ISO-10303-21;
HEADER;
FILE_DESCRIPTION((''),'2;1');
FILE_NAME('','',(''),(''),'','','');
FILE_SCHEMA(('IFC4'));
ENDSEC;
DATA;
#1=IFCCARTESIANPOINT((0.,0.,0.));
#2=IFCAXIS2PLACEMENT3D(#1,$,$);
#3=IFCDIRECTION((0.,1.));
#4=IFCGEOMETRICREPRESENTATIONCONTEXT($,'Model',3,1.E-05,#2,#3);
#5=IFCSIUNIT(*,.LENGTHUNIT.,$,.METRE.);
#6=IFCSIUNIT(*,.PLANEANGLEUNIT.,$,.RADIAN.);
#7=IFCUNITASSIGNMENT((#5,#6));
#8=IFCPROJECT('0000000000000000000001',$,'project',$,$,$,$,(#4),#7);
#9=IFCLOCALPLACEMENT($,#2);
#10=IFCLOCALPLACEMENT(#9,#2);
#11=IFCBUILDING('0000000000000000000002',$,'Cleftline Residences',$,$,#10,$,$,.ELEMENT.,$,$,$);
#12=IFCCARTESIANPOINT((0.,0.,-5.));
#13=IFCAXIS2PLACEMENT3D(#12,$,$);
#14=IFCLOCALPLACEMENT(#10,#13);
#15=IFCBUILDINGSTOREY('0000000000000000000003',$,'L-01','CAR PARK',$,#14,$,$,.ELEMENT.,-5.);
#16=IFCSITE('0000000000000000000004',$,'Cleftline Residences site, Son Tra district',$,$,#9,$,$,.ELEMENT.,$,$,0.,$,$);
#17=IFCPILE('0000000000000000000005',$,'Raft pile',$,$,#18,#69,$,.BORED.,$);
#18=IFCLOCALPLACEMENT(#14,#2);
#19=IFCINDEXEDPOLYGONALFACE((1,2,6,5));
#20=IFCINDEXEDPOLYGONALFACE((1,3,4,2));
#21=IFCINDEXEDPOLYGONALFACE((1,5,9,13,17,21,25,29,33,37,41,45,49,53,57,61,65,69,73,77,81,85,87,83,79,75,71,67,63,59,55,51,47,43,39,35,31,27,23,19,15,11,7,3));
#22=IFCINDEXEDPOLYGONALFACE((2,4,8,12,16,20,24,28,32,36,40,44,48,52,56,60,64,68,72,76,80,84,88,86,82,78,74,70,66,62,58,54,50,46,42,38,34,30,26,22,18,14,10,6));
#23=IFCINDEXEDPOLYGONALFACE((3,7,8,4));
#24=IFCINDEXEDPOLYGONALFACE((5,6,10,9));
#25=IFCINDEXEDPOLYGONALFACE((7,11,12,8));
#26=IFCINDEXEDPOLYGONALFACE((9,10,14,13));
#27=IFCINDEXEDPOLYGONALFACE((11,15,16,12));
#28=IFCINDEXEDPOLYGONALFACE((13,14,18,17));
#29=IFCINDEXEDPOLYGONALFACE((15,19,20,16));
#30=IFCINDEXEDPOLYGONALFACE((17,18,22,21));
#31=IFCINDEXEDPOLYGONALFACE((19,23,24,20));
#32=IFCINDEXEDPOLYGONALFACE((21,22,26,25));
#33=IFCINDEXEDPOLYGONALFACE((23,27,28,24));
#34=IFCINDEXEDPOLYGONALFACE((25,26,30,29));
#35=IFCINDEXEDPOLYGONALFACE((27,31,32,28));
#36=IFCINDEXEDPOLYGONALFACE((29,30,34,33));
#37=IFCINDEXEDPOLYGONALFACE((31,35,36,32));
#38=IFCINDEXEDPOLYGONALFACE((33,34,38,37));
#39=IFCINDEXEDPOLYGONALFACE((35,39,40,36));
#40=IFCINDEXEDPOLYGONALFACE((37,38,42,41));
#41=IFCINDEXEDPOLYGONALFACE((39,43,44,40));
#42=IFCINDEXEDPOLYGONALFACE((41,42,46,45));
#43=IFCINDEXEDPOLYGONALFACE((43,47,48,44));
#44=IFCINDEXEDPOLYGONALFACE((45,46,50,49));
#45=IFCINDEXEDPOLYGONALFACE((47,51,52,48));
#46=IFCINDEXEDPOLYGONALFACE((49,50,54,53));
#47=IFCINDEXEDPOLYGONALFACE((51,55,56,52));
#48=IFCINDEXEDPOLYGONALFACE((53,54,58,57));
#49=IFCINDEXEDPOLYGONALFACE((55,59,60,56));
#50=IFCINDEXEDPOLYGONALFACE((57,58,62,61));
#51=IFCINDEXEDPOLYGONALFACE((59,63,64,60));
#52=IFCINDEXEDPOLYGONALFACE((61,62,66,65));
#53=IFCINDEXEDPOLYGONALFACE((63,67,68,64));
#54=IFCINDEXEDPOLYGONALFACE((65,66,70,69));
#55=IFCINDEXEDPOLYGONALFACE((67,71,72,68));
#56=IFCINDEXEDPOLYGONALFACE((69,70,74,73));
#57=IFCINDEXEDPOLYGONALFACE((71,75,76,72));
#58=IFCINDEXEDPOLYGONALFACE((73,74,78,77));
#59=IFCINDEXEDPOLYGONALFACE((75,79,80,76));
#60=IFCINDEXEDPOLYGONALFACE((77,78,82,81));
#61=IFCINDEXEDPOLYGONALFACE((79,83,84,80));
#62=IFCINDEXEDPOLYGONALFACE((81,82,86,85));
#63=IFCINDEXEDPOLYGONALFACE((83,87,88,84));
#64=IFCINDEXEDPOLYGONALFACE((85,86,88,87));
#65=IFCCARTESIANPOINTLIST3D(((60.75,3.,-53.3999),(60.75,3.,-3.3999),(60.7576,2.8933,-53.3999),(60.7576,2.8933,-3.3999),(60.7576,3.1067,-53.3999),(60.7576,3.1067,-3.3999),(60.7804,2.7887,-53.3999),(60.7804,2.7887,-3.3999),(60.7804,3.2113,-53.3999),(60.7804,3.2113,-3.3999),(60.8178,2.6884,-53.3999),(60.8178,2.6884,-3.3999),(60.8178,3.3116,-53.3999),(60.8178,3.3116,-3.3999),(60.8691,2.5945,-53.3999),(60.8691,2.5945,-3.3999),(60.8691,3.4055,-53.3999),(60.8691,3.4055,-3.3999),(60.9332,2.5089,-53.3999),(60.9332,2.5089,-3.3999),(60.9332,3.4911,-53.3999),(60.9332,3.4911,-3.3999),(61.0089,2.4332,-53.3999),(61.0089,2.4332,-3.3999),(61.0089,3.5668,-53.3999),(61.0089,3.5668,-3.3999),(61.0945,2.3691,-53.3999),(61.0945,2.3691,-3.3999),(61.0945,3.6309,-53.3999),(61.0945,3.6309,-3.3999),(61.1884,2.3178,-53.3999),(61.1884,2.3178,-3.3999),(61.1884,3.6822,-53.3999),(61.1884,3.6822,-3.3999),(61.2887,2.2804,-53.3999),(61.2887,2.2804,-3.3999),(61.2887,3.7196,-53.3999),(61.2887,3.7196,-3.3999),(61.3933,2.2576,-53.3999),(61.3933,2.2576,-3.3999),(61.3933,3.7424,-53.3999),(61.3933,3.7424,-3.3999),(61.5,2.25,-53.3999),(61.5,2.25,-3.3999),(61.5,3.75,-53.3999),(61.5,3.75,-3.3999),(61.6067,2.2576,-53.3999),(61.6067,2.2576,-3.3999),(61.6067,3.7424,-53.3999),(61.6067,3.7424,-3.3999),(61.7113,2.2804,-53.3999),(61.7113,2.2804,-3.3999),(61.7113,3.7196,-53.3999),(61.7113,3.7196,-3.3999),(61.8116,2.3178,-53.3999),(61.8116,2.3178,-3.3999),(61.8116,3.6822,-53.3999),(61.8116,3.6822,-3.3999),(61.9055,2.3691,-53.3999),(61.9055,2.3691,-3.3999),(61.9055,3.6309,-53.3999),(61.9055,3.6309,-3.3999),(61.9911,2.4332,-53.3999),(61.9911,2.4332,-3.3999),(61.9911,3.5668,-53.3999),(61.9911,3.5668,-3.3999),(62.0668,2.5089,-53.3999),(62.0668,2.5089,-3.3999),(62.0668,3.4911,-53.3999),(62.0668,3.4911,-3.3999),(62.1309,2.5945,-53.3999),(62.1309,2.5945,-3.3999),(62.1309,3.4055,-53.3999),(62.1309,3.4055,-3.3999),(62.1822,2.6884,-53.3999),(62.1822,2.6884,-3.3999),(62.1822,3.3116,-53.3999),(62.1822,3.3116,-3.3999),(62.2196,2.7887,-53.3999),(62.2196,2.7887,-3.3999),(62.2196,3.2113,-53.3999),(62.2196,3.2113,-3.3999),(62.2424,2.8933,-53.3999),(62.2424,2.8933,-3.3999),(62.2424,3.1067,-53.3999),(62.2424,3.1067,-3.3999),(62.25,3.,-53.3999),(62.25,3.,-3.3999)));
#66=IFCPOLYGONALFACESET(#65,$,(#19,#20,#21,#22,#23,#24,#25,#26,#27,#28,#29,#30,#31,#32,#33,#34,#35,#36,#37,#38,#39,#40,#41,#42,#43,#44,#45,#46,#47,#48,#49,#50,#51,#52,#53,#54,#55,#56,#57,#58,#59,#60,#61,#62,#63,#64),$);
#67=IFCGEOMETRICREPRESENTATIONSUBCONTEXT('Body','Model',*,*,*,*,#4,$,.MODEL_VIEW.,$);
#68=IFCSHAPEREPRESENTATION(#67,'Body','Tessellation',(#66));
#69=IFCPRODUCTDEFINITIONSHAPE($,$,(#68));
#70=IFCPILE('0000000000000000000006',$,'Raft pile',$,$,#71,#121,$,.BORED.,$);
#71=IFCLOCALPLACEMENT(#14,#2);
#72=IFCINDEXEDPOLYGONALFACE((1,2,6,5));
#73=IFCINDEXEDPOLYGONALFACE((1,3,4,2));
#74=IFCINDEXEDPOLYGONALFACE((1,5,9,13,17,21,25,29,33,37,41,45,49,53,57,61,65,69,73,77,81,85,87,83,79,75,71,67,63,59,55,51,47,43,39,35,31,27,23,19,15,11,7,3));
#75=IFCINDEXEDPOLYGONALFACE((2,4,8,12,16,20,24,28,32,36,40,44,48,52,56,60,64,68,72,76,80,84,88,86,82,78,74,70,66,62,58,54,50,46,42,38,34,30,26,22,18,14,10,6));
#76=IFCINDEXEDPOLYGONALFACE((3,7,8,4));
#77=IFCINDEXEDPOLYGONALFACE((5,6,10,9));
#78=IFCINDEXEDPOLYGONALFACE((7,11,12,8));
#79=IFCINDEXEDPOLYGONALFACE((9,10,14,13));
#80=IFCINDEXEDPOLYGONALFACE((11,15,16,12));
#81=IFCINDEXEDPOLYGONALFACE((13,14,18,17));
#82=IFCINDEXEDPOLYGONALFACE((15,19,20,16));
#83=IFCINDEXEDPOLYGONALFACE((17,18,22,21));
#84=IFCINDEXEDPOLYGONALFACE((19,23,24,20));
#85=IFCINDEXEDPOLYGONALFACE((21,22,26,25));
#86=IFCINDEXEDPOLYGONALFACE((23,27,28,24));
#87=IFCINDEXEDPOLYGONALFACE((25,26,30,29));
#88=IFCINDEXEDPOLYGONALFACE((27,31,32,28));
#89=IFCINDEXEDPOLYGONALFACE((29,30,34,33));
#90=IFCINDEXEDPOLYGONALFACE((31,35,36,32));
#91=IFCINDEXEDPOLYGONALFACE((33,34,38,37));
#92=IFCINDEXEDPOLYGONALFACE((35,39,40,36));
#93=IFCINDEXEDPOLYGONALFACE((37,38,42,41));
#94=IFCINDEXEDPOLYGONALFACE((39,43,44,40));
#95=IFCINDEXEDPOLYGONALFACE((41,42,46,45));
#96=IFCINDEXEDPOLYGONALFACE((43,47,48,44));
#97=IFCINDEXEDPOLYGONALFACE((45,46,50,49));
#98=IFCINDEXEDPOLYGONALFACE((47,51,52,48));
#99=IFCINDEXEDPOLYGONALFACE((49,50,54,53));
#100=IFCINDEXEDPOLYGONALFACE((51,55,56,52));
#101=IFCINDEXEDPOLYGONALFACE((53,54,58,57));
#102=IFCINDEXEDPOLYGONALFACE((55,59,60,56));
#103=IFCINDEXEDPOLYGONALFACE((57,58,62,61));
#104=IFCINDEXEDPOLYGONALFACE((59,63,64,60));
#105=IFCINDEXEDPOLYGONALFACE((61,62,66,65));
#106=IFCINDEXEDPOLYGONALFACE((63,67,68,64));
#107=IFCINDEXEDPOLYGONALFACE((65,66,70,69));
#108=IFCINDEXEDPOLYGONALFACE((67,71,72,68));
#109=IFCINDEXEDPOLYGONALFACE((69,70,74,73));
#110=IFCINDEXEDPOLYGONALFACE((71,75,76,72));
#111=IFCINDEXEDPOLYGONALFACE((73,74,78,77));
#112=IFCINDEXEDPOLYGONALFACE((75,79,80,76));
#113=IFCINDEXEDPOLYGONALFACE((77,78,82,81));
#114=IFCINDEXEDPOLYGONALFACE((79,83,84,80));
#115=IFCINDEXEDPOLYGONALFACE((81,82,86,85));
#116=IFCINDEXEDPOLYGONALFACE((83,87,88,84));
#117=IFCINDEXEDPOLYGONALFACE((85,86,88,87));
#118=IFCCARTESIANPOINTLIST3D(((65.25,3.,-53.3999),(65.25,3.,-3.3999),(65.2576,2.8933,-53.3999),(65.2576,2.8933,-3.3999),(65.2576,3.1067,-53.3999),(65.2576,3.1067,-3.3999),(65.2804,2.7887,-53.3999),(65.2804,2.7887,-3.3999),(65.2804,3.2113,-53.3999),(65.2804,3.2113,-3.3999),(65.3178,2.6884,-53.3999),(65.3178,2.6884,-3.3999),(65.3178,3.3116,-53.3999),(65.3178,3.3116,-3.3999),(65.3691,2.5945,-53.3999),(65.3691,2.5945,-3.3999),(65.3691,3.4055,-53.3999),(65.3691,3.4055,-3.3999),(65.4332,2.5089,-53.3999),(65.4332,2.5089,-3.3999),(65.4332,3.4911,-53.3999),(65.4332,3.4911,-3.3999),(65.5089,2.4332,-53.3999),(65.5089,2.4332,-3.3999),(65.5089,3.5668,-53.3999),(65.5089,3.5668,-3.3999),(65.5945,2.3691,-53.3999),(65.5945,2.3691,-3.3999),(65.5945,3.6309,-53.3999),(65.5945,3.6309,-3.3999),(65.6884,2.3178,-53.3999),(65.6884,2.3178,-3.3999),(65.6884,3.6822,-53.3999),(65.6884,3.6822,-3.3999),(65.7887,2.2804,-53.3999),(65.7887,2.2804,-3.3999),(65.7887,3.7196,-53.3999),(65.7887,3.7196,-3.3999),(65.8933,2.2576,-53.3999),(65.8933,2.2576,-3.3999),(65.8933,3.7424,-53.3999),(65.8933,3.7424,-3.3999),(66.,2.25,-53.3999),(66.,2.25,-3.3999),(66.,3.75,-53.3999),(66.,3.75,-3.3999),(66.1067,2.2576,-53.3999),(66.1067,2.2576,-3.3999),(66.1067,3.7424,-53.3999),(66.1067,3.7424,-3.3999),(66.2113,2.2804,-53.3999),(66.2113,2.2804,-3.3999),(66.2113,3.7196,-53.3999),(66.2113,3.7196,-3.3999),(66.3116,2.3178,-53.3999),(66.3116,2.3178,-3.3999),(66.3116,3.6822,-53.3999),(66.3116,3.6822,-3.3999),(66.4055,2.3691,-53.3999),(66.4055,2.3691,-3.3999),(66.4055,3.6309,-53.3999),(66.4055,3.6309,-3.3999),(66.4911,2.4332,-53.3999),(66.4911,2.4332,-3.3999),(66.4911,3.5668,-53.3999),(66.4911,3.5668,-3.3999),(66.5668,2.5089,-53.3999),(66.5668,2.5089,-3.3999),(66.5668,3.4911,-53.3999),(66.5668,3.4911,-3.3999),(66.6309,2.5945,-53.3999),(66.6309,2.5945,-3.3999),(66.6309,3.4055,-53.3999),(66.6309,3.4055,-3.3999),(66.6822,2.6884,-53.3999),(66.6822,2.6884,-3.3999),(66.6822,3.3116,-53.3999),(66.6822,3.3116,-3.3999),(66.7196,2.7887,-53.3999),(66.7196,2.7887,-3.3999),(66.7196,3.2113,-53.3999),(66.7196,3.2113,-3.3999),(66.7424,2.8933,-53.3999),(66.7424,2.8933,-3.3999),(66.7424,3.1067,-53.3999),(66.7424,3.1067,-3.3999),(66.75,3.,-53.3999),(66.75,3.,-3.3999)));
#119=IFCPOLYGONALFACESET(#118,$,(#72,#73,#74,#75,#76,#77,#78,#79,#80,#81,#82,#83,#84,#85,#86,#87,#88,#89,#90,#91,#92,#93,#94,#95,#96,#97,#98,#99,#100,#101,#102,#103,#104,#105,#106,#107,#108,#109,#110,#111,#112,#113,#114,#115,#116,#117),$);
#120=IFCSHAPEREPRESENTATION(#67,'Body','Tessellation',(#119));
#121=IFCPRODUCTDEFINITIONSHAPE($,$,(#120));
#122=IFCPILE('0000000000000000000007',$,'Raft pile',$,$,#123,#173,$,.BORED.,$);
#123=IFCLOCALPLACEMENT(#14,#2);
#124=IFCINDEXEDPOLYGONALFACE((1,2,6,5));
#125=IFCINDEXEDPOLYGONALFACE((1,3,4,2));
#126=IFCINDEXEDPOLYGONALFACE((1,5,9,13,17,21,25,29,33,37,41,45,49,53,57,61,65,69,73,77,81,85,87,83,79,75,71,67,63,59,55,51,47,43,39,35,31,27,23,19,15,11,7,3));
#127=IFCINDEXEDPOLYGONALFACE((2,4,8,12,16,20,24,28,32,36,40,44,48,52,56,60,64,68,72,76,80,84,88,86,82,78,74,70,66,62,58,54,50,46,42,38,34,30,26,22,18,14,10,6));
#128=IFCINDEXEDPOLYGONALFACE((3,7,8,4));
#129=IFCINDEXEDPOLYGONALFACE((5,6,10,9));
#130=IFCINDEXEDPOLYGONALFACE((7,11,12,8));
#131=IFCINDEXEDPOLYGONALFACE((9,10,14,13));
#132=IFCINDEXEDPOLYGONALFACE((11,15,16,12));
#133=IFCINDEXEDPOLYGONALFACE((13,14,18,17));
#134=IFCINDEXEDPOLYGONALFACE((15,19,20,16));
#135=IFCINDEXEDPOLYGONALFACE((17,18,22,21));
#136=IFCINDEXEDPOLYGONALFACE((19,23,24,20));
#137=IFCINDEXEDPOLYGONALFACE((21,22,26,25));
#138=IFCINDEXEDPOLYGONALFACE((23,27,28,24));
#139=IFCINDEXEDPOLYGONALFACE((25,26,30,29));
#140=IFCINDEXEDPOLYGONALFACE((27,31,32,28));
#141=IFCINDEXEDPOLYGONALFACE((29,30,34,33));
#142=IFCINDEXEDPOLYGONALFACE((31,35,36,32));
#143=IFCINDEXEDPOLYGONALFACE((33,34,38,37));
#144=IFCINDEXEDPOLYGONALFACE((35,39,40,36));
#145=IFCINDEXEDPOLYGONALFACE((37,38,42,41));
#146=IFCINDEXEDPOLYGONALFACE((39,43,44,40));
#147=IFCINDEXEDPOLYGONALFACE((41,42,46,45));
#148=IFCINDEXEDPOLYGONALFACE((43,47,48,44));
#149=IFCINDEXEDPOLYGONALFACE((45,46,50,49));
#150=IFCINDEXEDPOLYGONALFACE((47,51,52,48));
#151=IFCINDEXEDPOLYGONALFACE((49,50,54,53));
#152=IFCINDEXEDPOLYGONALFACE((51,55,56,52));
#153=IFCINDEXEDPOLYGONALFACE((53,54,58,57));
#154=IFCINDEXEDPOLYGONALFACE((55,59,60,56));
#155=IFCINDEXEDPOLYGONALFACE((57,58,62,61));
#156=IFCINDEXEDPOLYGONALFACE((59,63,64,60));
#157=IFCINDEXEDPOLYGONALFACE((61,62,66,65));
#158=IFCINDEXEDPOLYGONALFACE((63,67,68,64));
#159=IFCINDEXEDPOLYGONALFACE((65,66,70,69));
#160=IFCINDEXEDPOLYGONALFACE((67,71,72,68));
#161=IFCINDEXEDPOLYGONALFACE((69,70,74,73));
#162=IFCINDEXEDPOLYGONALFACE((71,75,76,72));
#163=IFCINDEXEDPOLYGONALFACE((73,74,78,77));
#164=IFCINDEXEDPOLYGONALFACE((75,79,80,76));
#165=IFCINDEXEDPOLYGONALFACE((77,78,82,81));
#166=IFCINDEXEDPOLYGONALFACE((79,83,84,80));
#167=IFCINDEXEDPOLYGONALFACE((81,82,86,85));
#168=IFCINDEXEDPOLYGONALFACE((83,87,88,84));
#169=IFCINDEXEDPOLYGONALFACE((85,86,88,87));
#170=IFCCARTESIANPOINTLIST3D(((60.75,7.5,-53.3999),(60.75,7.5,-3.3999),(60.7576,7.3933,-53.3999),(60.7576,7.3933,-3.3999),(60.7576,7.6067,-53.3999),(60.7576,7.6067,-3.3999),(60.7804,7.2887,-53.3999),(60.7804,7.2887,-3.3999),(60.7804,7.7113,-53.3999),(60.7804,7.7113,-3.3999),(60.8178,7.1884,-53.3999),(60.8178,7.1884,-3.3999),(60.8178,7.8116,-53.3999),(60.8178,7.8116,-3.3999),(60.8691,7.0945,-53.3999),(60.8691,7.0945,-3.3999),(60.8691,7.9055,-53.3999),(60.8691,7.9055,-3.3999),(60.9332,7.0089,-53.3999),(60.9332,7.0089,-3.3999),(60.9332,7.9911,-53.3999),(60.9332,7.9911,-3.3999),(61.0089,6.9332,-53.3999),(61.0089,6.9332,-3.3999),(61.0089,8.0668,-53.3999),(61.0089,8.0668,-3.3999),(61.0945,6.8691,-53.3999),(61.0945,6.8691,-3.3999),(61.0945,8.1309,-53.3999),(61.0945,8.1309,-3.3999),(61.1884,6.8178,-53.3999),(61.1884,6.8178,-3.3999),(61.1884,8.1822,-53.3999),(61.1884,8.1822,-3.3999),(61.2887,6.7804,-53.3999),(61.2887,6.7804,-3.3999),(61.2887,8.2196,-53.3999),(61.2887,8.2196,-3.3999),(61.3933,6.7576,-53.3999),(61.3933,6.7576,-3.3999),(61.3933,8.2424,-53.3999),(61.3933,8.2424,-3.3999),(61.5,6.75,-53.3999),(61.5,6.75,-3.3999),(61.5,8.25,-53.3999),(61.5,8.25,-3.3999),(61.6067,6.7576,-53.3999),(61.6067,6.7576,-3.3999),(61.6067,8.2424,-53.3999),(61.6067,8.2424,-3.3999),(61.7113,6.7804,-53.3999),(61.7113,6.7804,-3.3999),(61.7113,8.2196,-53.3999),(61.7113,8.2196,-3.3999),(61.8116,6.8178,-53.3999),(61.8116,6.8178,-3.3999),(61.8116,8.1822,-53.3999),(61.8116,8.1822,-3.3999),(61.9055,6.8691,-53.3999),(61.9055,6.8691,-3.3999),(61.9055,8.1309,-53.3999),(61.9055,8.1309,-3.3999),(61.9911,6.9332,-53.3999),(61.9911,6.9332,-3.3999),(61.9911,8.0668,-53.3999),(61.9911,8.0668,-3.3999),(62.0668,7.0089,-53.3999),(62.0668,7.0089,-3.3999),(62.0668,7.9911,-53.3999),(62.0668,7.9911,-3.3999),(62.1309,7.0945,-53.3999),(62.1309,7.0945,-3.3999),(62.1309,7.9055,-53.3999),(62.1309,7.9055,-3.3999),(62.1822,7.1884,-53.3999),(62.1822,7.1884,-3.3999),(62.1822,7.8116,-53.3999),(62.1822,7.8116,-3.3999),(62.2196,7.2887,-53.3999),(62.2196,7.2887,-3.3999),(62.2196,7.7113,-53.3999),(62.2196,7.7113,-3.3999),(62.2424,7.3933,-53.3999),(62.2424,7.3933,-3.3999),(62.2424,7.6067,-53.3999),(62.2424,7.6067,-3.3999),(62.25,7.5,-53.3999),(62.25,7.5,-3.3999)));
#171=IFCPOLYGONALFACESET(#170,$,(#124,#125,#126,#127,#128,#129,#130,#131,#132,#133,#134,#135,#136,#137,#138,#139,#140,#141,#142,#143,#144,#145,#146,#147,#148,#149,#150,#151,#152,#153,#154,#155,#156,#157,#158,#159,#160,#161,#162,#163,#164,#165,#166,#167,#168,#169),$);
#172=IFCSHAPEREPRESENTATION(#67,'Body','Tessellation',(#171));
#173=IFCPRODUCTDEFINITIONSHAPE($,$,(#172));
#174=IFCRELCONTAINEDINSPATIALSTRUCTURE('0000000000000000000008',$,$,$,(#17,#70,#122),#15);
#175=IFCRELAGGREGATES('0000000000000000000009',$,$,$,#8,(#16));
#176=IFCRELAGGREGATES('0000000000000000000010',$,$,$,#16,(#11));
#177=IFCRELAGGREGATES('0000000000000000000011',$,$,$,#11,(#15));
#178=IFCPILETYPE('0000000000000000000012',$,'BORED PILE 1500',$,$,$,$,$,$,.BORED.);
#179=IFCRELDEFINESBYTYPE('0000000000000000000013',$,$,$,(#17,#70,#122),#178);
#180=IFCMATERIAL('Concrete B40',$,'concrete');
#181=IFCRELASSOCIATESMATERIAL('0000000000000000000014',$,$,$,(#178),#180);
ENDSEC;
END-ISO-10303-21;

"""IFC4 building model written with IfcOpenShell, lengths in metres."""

from ifc_helpers import new_model, si_unit, direction, frame, origin, origin_2d, place, context, subcontext, project, spatial, circle, extrude, material, material_profile, profile_set, type_object, element, save


model = new_model("IFC4")

# Units and contexts
model_context = context("Model", 3, precision=1e-05, world=origin(), true_north=direction((0.0, 1.0)))
body_context = subcontext(model_context, "Body", "Model", "MODEL_VIEW")
ifc_project = project(units=[si_unit("LENGTHUNIT", "METRE"), si_unit("PLANEANGLEUNIT", "RADIAN")], contexts=[model_context])

# Site, building, storey
site_placement = place(None, origin())
site = spatial("IfcSite", under=ifc_project, at=site_placement, Name="Cleftline Residences site, Son Tra district", CompositionType="ELEMENT", RefElevation=0.0)
building_placement = place(site_placement, origin())
building = spatial("IfcBuilding", under=site, at=building_placement, Name="Cleftline Residences", CompositionType="ELEMENT")
storey_placement = place(building_placement, frame((0.0, 0.0, -5.0)))
storey = spatial("IfcBuildingStorey", under=building, at=storey_placement, Name="L-01", Description="CAR PARK", CompositionType="ELEMENT", Elevation=-5.0)

# Piles
ifc_material_1 = material(Name="Concrete B40", Category="concrete")
ifc_material_profile_1 = material_profile(ifc_material_1, circle(Radius=0.75, at=origin_2d()))
ifc_profile_set_1 = profile_set([ifc_material_profile_1], Name="Concrete B40")
pile_type_1 = type_object("IfcPileType", Name="BORED PILE 1500", PredefinedType="BORED", material=ifc_profile_set_1)
for number, where, z_axis, x_axis, name in (
    (1, (61.5, 3.0, -3.3999), (0.0, 0.0, -1.0), (1.0, 0.0, 0.0), "Raft pile"),
    (2, (66.0, 3.0, -3.3999), (0.0, 0.0, -1.0), (1.0, 0.0, 0.0), "Raft pile"),
    (3, (61.5, 7.5, -3.3999), (0.0, 0.0, -1.0), (1.0, 0.0, 0.0), "Raft pile"),
):
    element("IfcPile", number, at=place(storey_placement, frame(where, z_axis=z_axis, x_axis=x_axis)), inside=storey, type_object=pile_type_1, Name=name, PredefinedType="BORED", context=body_context, shape_type="SweptSolid", body=[
        extrude(circle(Radius=0.75, at=origin_2d()), origin(), (0.0, 0.0, 1.0), 50.0),
    ])

save(model, "model.ifc")
